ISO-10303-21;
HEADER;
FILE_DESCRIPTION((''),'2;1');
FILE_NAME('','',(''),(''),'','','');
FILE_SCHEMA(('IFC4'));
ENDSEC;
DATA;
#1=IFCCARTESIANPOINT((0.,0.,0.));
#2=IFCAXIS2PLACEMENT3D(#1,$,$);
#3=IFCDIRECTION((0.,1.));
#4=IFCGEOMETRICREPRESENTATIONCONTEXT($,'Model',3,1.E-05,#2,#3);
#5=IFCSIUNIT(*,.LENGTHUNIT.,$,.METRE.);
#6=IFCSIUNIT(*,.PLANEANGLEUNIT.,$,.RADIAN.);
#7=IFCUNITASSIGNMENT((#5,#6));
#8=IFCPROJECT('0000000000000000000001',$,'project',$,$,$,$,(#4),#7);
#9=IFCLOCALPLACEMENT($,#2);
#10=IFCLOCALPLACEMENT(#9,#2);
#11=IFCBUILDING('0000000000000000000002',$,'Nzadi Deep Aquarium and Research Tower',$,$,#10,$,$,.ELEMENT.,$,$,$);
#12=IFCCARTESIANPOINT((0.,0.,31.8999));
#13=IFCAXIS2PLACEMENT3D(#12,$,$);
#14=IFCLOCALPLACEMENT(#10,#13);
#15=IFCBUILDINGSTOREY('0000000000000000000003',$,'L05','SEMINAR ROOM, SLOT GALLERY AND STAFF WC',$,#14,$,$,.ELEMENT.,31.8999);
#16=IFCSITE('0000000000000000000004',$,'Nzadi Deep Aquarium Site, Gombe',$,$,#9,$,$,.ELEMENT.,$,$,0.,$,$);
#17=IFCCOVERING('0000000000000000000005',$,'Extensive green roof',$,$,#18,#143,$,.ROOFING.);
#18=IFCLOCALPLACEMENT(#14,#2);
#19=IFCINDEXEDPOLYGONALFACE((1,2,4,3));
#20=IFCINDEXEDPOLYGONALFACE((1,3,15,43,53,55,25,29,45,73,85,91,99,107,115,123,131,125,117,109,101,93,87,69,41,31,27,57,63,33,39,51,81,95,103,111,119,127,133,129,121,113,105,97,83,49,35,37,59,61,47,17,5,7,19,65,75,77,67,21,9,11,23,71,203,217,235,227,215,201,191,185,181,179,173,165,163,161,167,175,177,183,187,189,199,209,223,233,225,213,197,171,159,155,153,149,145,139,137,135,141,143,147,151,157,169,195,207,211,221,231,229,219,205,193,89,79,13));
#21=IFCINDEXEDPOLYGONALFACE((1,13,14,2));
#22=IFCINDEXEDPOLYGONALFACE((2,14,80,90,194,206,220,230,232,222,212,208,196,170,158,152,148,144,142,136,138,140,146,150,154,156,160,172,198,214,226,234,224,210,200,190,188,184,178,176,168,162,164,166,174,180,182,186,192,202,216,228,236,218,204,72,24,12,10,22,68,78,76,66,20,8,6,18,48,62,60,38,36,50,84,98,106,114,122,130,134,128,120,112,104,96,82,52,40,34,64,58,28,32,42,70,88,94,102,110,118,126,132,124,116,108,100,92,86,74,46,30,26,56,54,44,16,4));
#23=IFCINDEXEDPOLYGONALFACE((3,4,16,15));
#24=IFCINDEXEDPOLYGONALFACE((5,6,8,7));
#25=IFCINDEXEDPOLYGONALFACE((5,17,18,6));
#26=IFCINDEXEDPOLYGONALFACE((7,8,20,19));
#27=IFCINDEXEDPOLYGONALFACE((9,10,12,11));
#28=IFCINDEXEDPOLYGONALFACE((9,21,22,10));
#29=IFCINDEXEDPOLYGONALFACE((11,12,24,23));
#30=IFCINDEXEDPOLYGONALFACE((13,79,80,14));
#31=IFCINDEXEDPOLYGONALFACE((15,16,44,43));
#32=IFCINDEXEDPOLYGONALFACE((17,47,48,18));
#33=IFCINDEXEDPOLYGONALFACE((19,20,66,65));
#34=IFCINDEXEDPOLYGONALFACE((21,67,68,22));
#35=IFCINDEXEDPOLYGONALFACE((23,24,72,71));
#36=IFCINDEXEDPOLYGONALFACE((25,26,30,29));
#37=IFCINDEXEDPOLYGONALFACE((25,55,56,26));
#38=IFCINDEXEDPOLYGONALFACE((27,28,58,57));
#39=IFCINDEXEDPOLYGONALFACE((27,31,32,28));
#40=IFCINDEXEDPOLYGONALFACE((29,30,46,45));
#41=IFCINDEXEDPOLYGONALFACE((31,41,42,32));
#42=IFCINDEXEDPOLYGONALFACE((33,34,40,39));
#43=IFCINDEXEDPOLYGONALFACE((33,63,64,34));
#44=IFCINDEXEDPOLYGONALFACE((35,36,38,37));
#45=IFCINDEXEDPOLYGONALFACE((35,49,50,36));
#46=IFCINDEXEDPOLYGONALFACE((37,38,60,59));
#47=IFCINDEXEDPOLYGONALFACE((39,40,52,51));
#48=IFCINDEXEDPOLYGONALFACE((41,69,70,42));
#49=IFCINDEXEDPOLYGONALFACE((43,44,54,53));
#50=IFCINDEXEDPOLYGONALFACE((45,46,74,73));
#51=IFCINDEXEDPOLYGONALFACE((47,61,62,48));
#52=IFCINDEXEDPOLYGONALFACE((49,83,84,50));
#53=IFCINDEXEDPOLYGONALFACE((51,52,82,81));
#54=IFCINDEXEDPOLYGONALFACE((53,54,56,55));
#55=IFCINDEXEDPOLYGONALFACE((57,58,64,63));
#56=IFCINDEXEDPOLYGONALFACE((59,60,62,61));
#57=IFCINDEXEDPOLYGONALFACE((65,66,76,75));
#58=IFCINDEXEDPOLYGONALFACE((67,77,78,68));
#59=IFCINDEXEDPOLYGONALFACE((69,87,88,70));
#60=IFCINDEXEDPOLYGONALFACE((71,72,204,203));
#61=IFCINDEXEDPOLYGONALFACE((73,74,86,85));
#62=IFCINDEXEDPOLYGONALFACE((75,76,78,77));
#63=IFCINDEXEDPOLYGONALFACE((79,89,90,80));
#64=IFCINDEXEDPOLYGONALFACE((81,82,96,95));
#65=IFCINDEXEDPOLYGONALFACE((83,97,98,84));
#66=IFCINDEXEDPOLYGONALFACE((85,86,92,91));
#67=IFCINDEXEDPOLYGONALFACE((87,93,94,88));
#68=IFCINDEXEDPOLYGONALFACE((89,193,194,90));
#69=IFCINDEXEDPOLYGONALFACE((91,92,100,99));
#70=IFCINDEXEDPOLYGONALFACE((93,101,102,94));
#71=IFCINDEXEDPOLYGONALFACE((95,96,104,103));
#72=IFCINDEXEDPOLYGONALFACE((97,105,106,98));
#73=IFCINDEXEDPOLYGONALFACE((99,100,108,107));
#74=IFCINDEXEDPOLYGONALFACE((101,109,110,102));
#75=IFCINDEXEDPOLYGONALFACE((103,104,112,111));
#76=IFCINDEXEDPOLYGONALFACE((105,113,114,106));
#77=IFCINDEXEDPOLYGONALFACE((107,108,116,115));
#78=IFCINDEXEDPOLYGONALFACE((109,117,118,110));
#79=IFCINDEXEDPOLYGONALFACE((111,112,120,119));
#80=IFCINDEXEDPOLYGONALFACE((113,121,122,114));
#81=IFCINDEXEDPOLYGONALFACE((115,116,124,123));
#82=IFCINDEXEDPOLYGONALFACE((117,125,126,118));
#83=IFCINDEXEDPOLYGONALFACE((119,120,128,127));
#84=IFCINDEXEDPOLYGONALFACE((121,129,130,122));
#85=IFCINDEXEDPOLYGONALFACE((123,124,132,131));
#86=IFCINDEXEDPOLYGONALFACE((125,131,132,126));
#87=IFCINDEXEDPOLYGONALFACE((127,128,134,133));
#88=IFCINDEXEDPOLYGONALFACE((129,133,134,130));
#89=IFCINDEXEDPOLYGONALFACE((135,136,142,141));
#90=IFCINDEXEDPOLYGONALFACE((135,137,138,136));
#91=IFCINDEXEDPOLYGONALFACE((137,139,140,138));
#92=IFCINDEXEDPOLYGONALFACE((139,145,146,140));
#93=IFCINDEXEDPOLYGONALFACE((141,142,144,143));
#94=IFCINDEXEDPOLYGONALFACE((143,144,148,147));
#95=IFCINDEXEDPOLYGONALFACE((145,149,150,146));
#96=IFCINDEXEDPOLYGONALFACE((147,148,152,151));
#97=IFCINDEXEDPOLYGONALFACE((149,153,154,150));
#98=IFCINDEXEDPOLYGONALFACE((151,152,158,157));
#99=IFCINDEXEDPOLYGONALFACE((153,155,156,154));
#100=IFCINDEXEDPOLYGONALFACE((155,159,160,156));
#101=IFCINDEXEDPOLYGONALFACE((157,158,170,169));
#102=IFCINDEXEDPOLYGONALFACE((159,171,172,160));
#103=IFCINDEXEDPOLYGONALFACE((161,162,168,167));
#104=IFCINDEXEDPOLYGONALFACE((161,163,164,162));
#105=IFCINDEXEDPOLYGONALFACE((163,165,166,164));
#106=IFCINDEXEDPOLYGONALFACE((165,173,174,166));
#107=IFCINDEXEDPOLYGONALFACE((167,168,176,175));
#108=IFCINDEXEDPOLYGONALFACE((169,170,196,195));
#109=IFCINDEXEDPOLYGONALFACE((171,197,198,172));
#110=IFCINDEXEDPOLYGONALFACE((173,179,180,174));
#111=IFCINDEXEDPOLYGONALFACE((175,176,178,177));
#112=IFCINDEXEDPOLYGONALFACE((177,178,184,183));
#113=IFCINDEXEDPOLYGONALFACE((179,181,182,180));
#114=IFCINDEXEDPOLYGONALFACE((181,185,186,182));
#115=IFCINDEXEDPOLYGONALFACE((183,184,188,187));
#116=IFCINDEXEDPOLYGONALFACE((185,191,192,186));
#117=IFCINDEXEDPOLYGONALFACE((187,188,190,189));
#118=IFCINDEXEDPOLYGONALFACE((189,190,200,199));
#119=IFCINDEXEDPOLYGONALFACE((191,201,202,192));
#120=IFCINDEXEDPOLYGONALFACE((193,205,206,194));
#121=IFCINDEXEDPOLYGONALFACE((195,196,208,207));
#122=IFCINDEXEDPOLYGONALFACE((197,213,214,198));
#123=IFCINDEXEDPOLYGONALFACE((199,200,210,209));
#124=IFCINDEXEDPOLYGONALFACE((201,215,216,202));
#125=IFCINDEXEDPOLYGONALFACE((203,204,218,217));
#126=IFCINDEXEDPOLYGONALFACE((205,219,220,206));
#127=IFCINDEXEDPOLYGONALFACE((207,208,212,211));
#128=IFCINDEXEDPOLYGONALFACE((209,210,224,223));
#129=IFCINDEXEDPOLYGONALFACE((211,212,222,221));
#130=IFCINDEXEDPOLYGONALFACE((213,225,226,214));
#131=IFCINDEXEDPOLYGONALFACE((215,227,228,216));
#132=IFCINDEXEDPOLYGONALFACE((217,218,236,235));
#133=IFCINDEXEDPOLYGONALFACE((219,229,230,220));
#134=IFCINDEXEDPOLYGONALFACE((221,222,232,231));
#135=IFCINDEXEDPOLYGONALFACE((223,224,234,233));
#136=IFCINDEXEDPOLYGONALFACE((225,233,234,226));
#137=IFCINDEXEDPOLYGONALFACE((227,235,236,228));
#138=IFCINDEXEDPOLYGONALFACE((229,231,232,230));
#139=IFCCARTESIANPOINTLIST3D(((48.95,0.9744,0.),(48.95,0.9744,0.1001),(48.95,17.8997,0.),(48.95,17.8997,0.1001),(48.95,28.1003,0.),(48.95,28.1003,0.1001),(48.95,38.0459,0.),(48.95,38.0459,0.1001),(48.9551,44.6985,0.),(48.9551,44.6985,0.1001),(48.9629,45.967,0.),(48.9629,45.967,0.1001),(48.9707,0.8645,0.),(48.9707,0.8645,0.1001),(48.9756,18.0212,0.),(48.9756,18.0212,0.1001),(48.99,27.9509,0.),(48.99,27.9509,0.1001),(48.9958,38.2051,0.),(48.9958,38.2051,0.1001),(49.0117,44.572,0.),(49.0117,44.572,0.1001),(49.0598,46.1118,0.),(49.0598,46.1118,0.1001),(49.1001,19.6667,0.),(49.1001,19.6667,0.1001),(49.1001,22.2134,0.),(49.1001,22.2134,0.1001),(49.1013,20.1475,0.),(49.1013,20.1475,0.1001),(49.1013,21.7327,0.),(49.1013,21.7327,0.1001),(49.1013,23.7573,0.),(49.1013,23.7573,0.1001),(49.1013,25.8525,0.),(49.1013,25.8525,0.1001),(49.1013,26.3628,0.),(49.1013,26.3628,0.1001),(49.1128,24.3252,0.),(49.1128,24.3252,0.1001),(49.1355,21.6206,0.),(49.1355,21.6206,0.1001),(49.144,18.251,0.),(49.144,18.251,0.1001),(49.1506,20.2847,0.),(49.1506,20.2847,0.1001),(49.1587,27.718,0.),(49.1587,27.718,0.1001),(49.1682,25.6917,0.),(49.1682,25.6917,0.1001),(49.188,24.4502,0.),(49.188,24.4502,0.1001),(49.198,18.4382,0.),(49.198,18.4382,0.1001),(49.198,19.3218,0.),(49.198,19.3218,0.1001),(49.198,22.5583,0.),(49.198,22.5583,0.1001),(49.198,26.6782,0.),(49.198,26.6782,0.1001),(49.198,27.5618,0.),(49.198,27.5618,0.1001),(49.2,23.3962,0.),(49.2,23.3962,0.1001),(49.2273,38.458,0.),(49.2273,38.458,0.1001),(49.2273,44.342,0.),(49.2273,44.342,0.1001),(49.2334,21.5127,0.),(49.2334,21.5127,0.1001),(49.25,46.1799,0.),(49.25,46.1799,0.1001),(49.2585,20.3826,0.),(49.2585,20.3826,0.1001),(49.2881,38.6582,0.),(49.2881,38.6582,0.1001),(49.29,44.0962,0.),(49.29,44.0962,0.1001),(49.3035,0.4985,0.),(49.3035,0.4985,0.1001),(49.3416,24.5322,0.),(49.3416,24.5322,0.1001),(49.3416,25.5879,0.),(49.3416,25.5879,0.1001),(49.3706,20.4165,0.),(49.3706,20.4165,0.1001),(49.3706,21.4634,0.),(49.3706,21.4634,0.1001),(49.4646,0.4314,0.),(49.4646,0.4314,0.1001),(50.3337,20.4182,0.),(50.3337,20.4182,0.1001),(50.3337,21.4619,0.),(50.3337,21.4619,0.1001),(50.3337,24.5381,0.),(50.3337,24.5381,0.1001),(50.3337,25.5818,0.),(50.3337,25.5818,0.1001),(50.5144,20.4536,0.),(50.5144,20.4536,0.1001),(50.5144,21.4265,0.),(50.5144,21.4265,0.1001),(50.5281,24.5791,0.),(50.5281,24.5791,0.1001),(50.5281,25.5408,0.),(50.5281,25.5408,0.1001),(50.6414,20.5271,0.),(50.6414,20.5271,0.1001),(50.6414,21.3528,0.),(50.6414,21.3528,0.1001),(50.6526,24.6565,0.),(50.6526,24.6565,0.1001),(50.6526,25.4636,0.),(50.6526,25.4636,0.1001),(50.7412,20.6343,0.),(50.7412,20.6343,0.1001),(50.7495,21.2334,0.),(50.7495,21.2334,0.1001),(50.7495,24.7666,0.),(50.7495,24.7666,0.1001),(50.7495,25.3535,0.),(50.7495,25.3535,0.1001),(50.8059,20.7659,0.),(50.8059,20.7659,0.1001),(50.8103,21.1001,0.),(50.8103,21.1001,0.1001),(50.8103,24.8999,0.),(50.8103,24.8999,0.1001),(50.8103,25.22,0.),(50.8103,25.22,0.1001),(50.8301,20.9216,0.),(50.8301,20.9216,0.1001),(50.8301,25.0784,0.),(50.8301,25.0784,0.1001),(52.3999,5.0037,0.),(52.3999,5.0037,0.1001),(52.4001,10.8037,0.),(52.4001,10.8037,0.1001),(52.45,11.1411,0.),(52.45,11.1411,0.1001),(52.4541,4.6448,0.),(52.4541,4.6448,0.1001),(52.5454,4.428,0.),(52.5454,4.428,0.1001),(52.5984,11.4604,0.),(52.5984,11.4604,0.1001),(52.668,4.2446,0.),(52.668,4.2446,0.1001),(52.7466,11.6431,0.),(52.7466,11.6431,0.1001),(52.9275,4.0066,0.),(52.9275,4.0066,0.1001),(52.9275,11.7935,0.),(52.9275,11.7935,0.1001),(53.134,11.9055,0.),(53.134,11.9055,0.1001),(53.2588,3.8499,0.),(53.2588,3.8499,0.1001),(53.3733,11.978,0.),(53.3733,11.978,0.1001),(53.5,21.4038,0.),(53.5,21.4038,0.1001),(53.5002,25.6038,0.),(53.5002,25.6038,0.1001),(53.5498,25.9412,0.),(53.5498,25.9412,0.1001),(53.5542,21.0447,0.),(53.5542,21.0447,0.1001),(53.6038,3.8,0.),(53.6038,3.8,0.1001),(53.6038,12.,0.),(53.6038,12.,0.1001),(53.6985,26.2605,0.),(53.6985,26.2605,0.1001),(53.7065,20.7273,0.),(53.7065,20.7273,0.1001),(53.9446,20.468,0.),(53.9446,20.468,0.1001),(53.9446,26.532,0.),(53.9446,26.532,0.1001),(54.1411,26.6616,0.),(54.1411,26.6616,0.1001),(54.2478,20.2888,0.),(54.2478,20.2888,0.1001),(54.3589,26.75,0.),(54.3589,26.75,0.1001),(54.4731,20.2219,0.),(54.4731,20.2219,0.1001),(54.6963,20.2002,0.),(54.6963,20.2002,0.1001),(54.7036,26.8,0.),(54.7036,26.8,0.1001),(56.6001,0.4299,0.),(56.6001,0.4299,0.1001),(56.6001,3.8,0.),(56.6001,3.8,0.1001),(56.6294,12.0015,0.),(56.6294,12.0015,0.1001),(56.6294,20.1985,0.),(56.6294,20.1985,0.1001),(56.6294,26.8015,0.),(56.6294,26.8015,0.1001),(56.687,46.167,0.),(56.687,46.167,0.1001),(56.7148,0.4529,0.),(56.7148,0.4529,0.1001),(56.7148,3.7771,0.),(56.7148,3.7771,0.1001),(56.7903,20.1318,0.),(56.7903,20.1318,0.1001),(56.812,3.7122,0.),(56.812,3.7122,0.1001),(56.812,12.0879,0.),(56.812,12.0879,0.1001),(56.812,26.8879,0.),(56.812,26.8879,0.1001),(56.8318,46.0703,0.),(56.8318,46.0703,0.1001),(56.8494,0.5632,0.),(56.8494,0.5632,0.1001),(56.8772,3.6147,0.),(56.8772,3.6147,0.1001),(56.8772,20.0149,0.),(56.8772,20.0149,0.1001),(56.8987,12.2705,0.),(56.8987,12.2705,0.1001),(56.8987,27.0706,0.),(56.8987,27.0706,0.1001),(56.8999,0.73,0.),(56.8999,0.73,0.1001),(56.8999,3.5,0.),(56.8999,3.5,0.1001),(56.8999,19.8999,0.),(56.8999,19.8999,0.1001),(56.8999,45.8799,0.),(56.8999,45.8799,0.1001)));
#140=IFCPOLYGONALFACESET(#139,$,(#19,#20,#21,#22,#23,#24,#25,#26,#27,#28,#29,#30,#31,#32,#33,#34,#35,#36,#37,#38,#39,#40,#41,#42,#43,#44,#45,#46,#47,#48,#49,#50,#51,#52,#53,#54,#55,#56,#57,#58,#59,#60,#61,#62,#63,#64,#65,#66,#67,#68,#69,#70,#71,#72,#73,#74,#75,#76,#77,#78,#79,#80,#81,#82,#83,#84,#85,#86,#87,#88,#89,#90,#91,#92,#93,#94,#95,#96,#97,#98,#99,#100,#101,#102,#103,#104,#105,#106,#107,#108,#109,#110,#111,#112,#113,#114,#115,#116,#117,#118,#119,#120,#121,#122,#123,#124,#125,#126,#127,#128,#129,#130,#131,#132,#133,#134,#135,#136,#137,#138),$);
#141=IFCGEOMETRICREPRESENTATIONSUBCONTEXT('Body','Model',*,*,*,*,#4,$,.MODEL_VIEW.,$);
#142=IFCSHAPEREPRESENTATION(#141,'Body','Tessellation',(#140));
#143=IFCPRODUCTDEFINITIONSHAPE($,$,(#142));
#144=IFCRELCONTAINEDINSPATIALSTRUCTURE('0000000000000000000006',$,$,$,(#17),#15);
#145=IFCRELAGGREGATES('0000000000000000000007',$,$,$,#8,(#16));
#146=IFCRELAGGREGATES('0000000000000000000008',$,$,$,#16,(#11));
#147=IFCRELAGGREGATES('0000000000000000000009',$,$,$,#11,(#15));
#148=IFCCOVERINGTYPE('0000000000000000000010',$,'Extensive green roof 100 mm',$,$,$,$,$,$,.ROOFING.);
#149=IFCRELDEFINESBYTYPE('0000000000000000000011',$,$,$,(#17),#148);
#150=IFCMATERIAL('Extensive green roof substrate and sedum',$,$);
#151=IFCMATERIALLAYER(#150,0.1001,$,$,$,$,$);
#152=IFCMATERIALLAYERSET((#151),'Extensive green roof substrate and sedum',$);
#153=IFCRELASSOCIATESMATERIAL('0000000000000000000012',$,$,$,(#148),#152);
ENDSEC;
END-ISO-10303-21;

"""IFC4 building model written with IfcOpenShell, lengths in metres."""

from ifc_helpers import new_model, si_unit, direction, frame, origin, place, context, subcontext, project, spatial, polyline, outline, extrude, material, layer, layer_set, type_object, element, save


model = new_model("IFC4")

# Units and contexts
model_context = context("Model", 3, precision=1e-05, world=origin(), true_north=direction((0.0, 1.0)))
body_context = subcontext(model_context, "Body", "Model", "MODEL_VIEW")
ifc_project = project(units=[si_unit("LENGTHUNIT", "METRE"), si_unit("PLANEANGLEUNIT", "RADIAN")], contexts=[model_context])

# Site, building, storey
site_placement = place(None, origin())
site = spatial("IfcSite", under=ifc_project, at=site_placement, Name="Nzadi Deep Aquarium Site, Gombe", CompositionType="ELEMENT", RefElevation=0.0)
building_placement = place(site_placement, origin())
building = spatial("IfcBuilding", under=site, at=building_placement, Name="Nzadi Deep Aquarium and Research Tower", CompositionType="ELEMENT")
storey_placement = place(building_placement, frame((0.0, 0.0, 31.8999)))
storey = spatial("IfcBuildingStorey", under=building, at=storey_placement, Name="L05", Description="SEMINAR ROOM, SLOT GALLERY AND STAFF WC", CompositionType="ELEMENT", Elevation=31.8999)

# Covering
ifc_material_1 = material(Name="Extensive green roof substrate and sedum")
ifc_layer_1 = layer(ifc_material_1, 0.1001)
ifc_layer_set_1 = layer_set([ifc_layer_1], Name="Extensive green roof substrate and sedum")
covering_type = type_object("IfcCoveringType", Name="Extensive green roof 100 mm", PredefinedType="ROOFING", material=ifc_layer_set_1)
covering_1_placement = place(storey_placement, origin())
element("IfcCovering", 1, at=covering_1_placement, inside=storey, type_object=covering_type, Name="Extensive green roof", PredefinedType="ROOFING", context=body_context, shape_type="SweptSolid", body=[
    extrude(outline(polyline([(48.9756, 18.0212), (49.144, 18.251), (49.198, 18.4382), (49.198, 19.3218), (49.1001, 19.6667), (49.1013, 20.1475), (49.1506, 20.2847), (49.2585, 20.3826), (49.3706, 20.4165), (50.3337, 20.4182), (50.5144, 20.4536), (50.6414, 20.5271), (50.7412, 20.6343), (50.8059, 20.7659), (50.8301, 20.9216), (50.8103, 21.1001), (50.7495, 21.2334), (50.6414, 21.3528), (50.5144, 21.4265), (50.3337, 21.4619), (49.3706, 21.4634), (49.2334, 21.5127), (49.1355, 21.6206), (49.1013, 21.7327), (49.1001, 22.2134), (49.198, 22.5583), (49.2, 23.3962), (49.1013, 23.7573), (49.1128, 24.3252), (49.188, 24.4502), (49.3416, 24.5322), (50.3337, 24.5381), (50.5281, 24.5791), (50.6526, 24.6565), (50.7495, 24.7666), (50.8103, 24.8999), (50.8301, 25.0784), (50.8103, 25.22), (50.7495, 25.3535), (50.6526, 25.4636), (50.5281, 25.5408), (50.3337, 25.5818), (49.3416, 25.5879), (49.1682, 25.6917), (49.1013, 25.8525), (49.1013, 26.3628), (49.198, 26.6782), (49.198, 27.5618), (49.1587, 27.718), (48.99, 27.9509), (48.95, 28.1003), (48.95, 38.0459), (48.9958, 38.2051), (49.2273, 38.458), (49.2881, 38.6582), (49.29, 44.0962), (49.2273, 44.342), (49.0117, 44.572), (48.9551, 44.6985), (48.9629, 45.967), (49.0598, 46.1118), (49.25, 46.1799), (56.687, 46.167), (56.8318, 46.0703), (56.8999, 45.8799), (56.8987, 27.0706), (56.812, 26.8879), (56.6294, 26.8015), (54.7036, 26.8), (54.3589, 26.75), (54.1411, 26.6616), (53.9446, 26.532), (53.6985, 26.2605), (53.5498, 25.9412), (53.5002, 25.6038), (53.5, 21.4038), (53.5542, 21.0447), (53.7065, 20.7273), (53.9446, 20.468), (54.2478, 20.2888), (54.4731, 20.2219), (54.6963, 20.2002), (56.6294, 20.1985), (56.7903, 20.1318), (56.8772, 20.0149), (56.8999, 19.8999), (56.8987, 12.2705), (56.812, 12.0879), (56.6294, 12.0015), (53.6038, 12.0), (53.3733, 11.978), (53.134, 11.9055), (52.9275, 11.7935), (52.7466, 11.6431), (52.5984, 11.4604), (52.45, 11.1411), (52.4001, 10.8037), (52.3999, 5.0037), (52.4541, 4.6448), (52.5454, 4.428), (52.668, 4.2446), (52.9275, 4.0066), (53.2588, 3.8499), (53.6038, 3.8), (56.6001, 3.8), (56.7148, 3.7771), (56.812, 3.7122), (56.8772, 3.6147), (56.8999, 3.5), (56.8999, 0.73), (56.8494, 0.5632), (56.7148, 0.4529), (56.6001, 0.4299), (49.4646, 0.4314), (49.3035, 0.4985), (48.9707, 0.8645), (48.95, 0.9744), (48.95, 17.8997), (48.9756, 18.0212)])), origin(), (0.0, 0.0, 1.0), 0.1001),
])

save(model, "model.ifc")
